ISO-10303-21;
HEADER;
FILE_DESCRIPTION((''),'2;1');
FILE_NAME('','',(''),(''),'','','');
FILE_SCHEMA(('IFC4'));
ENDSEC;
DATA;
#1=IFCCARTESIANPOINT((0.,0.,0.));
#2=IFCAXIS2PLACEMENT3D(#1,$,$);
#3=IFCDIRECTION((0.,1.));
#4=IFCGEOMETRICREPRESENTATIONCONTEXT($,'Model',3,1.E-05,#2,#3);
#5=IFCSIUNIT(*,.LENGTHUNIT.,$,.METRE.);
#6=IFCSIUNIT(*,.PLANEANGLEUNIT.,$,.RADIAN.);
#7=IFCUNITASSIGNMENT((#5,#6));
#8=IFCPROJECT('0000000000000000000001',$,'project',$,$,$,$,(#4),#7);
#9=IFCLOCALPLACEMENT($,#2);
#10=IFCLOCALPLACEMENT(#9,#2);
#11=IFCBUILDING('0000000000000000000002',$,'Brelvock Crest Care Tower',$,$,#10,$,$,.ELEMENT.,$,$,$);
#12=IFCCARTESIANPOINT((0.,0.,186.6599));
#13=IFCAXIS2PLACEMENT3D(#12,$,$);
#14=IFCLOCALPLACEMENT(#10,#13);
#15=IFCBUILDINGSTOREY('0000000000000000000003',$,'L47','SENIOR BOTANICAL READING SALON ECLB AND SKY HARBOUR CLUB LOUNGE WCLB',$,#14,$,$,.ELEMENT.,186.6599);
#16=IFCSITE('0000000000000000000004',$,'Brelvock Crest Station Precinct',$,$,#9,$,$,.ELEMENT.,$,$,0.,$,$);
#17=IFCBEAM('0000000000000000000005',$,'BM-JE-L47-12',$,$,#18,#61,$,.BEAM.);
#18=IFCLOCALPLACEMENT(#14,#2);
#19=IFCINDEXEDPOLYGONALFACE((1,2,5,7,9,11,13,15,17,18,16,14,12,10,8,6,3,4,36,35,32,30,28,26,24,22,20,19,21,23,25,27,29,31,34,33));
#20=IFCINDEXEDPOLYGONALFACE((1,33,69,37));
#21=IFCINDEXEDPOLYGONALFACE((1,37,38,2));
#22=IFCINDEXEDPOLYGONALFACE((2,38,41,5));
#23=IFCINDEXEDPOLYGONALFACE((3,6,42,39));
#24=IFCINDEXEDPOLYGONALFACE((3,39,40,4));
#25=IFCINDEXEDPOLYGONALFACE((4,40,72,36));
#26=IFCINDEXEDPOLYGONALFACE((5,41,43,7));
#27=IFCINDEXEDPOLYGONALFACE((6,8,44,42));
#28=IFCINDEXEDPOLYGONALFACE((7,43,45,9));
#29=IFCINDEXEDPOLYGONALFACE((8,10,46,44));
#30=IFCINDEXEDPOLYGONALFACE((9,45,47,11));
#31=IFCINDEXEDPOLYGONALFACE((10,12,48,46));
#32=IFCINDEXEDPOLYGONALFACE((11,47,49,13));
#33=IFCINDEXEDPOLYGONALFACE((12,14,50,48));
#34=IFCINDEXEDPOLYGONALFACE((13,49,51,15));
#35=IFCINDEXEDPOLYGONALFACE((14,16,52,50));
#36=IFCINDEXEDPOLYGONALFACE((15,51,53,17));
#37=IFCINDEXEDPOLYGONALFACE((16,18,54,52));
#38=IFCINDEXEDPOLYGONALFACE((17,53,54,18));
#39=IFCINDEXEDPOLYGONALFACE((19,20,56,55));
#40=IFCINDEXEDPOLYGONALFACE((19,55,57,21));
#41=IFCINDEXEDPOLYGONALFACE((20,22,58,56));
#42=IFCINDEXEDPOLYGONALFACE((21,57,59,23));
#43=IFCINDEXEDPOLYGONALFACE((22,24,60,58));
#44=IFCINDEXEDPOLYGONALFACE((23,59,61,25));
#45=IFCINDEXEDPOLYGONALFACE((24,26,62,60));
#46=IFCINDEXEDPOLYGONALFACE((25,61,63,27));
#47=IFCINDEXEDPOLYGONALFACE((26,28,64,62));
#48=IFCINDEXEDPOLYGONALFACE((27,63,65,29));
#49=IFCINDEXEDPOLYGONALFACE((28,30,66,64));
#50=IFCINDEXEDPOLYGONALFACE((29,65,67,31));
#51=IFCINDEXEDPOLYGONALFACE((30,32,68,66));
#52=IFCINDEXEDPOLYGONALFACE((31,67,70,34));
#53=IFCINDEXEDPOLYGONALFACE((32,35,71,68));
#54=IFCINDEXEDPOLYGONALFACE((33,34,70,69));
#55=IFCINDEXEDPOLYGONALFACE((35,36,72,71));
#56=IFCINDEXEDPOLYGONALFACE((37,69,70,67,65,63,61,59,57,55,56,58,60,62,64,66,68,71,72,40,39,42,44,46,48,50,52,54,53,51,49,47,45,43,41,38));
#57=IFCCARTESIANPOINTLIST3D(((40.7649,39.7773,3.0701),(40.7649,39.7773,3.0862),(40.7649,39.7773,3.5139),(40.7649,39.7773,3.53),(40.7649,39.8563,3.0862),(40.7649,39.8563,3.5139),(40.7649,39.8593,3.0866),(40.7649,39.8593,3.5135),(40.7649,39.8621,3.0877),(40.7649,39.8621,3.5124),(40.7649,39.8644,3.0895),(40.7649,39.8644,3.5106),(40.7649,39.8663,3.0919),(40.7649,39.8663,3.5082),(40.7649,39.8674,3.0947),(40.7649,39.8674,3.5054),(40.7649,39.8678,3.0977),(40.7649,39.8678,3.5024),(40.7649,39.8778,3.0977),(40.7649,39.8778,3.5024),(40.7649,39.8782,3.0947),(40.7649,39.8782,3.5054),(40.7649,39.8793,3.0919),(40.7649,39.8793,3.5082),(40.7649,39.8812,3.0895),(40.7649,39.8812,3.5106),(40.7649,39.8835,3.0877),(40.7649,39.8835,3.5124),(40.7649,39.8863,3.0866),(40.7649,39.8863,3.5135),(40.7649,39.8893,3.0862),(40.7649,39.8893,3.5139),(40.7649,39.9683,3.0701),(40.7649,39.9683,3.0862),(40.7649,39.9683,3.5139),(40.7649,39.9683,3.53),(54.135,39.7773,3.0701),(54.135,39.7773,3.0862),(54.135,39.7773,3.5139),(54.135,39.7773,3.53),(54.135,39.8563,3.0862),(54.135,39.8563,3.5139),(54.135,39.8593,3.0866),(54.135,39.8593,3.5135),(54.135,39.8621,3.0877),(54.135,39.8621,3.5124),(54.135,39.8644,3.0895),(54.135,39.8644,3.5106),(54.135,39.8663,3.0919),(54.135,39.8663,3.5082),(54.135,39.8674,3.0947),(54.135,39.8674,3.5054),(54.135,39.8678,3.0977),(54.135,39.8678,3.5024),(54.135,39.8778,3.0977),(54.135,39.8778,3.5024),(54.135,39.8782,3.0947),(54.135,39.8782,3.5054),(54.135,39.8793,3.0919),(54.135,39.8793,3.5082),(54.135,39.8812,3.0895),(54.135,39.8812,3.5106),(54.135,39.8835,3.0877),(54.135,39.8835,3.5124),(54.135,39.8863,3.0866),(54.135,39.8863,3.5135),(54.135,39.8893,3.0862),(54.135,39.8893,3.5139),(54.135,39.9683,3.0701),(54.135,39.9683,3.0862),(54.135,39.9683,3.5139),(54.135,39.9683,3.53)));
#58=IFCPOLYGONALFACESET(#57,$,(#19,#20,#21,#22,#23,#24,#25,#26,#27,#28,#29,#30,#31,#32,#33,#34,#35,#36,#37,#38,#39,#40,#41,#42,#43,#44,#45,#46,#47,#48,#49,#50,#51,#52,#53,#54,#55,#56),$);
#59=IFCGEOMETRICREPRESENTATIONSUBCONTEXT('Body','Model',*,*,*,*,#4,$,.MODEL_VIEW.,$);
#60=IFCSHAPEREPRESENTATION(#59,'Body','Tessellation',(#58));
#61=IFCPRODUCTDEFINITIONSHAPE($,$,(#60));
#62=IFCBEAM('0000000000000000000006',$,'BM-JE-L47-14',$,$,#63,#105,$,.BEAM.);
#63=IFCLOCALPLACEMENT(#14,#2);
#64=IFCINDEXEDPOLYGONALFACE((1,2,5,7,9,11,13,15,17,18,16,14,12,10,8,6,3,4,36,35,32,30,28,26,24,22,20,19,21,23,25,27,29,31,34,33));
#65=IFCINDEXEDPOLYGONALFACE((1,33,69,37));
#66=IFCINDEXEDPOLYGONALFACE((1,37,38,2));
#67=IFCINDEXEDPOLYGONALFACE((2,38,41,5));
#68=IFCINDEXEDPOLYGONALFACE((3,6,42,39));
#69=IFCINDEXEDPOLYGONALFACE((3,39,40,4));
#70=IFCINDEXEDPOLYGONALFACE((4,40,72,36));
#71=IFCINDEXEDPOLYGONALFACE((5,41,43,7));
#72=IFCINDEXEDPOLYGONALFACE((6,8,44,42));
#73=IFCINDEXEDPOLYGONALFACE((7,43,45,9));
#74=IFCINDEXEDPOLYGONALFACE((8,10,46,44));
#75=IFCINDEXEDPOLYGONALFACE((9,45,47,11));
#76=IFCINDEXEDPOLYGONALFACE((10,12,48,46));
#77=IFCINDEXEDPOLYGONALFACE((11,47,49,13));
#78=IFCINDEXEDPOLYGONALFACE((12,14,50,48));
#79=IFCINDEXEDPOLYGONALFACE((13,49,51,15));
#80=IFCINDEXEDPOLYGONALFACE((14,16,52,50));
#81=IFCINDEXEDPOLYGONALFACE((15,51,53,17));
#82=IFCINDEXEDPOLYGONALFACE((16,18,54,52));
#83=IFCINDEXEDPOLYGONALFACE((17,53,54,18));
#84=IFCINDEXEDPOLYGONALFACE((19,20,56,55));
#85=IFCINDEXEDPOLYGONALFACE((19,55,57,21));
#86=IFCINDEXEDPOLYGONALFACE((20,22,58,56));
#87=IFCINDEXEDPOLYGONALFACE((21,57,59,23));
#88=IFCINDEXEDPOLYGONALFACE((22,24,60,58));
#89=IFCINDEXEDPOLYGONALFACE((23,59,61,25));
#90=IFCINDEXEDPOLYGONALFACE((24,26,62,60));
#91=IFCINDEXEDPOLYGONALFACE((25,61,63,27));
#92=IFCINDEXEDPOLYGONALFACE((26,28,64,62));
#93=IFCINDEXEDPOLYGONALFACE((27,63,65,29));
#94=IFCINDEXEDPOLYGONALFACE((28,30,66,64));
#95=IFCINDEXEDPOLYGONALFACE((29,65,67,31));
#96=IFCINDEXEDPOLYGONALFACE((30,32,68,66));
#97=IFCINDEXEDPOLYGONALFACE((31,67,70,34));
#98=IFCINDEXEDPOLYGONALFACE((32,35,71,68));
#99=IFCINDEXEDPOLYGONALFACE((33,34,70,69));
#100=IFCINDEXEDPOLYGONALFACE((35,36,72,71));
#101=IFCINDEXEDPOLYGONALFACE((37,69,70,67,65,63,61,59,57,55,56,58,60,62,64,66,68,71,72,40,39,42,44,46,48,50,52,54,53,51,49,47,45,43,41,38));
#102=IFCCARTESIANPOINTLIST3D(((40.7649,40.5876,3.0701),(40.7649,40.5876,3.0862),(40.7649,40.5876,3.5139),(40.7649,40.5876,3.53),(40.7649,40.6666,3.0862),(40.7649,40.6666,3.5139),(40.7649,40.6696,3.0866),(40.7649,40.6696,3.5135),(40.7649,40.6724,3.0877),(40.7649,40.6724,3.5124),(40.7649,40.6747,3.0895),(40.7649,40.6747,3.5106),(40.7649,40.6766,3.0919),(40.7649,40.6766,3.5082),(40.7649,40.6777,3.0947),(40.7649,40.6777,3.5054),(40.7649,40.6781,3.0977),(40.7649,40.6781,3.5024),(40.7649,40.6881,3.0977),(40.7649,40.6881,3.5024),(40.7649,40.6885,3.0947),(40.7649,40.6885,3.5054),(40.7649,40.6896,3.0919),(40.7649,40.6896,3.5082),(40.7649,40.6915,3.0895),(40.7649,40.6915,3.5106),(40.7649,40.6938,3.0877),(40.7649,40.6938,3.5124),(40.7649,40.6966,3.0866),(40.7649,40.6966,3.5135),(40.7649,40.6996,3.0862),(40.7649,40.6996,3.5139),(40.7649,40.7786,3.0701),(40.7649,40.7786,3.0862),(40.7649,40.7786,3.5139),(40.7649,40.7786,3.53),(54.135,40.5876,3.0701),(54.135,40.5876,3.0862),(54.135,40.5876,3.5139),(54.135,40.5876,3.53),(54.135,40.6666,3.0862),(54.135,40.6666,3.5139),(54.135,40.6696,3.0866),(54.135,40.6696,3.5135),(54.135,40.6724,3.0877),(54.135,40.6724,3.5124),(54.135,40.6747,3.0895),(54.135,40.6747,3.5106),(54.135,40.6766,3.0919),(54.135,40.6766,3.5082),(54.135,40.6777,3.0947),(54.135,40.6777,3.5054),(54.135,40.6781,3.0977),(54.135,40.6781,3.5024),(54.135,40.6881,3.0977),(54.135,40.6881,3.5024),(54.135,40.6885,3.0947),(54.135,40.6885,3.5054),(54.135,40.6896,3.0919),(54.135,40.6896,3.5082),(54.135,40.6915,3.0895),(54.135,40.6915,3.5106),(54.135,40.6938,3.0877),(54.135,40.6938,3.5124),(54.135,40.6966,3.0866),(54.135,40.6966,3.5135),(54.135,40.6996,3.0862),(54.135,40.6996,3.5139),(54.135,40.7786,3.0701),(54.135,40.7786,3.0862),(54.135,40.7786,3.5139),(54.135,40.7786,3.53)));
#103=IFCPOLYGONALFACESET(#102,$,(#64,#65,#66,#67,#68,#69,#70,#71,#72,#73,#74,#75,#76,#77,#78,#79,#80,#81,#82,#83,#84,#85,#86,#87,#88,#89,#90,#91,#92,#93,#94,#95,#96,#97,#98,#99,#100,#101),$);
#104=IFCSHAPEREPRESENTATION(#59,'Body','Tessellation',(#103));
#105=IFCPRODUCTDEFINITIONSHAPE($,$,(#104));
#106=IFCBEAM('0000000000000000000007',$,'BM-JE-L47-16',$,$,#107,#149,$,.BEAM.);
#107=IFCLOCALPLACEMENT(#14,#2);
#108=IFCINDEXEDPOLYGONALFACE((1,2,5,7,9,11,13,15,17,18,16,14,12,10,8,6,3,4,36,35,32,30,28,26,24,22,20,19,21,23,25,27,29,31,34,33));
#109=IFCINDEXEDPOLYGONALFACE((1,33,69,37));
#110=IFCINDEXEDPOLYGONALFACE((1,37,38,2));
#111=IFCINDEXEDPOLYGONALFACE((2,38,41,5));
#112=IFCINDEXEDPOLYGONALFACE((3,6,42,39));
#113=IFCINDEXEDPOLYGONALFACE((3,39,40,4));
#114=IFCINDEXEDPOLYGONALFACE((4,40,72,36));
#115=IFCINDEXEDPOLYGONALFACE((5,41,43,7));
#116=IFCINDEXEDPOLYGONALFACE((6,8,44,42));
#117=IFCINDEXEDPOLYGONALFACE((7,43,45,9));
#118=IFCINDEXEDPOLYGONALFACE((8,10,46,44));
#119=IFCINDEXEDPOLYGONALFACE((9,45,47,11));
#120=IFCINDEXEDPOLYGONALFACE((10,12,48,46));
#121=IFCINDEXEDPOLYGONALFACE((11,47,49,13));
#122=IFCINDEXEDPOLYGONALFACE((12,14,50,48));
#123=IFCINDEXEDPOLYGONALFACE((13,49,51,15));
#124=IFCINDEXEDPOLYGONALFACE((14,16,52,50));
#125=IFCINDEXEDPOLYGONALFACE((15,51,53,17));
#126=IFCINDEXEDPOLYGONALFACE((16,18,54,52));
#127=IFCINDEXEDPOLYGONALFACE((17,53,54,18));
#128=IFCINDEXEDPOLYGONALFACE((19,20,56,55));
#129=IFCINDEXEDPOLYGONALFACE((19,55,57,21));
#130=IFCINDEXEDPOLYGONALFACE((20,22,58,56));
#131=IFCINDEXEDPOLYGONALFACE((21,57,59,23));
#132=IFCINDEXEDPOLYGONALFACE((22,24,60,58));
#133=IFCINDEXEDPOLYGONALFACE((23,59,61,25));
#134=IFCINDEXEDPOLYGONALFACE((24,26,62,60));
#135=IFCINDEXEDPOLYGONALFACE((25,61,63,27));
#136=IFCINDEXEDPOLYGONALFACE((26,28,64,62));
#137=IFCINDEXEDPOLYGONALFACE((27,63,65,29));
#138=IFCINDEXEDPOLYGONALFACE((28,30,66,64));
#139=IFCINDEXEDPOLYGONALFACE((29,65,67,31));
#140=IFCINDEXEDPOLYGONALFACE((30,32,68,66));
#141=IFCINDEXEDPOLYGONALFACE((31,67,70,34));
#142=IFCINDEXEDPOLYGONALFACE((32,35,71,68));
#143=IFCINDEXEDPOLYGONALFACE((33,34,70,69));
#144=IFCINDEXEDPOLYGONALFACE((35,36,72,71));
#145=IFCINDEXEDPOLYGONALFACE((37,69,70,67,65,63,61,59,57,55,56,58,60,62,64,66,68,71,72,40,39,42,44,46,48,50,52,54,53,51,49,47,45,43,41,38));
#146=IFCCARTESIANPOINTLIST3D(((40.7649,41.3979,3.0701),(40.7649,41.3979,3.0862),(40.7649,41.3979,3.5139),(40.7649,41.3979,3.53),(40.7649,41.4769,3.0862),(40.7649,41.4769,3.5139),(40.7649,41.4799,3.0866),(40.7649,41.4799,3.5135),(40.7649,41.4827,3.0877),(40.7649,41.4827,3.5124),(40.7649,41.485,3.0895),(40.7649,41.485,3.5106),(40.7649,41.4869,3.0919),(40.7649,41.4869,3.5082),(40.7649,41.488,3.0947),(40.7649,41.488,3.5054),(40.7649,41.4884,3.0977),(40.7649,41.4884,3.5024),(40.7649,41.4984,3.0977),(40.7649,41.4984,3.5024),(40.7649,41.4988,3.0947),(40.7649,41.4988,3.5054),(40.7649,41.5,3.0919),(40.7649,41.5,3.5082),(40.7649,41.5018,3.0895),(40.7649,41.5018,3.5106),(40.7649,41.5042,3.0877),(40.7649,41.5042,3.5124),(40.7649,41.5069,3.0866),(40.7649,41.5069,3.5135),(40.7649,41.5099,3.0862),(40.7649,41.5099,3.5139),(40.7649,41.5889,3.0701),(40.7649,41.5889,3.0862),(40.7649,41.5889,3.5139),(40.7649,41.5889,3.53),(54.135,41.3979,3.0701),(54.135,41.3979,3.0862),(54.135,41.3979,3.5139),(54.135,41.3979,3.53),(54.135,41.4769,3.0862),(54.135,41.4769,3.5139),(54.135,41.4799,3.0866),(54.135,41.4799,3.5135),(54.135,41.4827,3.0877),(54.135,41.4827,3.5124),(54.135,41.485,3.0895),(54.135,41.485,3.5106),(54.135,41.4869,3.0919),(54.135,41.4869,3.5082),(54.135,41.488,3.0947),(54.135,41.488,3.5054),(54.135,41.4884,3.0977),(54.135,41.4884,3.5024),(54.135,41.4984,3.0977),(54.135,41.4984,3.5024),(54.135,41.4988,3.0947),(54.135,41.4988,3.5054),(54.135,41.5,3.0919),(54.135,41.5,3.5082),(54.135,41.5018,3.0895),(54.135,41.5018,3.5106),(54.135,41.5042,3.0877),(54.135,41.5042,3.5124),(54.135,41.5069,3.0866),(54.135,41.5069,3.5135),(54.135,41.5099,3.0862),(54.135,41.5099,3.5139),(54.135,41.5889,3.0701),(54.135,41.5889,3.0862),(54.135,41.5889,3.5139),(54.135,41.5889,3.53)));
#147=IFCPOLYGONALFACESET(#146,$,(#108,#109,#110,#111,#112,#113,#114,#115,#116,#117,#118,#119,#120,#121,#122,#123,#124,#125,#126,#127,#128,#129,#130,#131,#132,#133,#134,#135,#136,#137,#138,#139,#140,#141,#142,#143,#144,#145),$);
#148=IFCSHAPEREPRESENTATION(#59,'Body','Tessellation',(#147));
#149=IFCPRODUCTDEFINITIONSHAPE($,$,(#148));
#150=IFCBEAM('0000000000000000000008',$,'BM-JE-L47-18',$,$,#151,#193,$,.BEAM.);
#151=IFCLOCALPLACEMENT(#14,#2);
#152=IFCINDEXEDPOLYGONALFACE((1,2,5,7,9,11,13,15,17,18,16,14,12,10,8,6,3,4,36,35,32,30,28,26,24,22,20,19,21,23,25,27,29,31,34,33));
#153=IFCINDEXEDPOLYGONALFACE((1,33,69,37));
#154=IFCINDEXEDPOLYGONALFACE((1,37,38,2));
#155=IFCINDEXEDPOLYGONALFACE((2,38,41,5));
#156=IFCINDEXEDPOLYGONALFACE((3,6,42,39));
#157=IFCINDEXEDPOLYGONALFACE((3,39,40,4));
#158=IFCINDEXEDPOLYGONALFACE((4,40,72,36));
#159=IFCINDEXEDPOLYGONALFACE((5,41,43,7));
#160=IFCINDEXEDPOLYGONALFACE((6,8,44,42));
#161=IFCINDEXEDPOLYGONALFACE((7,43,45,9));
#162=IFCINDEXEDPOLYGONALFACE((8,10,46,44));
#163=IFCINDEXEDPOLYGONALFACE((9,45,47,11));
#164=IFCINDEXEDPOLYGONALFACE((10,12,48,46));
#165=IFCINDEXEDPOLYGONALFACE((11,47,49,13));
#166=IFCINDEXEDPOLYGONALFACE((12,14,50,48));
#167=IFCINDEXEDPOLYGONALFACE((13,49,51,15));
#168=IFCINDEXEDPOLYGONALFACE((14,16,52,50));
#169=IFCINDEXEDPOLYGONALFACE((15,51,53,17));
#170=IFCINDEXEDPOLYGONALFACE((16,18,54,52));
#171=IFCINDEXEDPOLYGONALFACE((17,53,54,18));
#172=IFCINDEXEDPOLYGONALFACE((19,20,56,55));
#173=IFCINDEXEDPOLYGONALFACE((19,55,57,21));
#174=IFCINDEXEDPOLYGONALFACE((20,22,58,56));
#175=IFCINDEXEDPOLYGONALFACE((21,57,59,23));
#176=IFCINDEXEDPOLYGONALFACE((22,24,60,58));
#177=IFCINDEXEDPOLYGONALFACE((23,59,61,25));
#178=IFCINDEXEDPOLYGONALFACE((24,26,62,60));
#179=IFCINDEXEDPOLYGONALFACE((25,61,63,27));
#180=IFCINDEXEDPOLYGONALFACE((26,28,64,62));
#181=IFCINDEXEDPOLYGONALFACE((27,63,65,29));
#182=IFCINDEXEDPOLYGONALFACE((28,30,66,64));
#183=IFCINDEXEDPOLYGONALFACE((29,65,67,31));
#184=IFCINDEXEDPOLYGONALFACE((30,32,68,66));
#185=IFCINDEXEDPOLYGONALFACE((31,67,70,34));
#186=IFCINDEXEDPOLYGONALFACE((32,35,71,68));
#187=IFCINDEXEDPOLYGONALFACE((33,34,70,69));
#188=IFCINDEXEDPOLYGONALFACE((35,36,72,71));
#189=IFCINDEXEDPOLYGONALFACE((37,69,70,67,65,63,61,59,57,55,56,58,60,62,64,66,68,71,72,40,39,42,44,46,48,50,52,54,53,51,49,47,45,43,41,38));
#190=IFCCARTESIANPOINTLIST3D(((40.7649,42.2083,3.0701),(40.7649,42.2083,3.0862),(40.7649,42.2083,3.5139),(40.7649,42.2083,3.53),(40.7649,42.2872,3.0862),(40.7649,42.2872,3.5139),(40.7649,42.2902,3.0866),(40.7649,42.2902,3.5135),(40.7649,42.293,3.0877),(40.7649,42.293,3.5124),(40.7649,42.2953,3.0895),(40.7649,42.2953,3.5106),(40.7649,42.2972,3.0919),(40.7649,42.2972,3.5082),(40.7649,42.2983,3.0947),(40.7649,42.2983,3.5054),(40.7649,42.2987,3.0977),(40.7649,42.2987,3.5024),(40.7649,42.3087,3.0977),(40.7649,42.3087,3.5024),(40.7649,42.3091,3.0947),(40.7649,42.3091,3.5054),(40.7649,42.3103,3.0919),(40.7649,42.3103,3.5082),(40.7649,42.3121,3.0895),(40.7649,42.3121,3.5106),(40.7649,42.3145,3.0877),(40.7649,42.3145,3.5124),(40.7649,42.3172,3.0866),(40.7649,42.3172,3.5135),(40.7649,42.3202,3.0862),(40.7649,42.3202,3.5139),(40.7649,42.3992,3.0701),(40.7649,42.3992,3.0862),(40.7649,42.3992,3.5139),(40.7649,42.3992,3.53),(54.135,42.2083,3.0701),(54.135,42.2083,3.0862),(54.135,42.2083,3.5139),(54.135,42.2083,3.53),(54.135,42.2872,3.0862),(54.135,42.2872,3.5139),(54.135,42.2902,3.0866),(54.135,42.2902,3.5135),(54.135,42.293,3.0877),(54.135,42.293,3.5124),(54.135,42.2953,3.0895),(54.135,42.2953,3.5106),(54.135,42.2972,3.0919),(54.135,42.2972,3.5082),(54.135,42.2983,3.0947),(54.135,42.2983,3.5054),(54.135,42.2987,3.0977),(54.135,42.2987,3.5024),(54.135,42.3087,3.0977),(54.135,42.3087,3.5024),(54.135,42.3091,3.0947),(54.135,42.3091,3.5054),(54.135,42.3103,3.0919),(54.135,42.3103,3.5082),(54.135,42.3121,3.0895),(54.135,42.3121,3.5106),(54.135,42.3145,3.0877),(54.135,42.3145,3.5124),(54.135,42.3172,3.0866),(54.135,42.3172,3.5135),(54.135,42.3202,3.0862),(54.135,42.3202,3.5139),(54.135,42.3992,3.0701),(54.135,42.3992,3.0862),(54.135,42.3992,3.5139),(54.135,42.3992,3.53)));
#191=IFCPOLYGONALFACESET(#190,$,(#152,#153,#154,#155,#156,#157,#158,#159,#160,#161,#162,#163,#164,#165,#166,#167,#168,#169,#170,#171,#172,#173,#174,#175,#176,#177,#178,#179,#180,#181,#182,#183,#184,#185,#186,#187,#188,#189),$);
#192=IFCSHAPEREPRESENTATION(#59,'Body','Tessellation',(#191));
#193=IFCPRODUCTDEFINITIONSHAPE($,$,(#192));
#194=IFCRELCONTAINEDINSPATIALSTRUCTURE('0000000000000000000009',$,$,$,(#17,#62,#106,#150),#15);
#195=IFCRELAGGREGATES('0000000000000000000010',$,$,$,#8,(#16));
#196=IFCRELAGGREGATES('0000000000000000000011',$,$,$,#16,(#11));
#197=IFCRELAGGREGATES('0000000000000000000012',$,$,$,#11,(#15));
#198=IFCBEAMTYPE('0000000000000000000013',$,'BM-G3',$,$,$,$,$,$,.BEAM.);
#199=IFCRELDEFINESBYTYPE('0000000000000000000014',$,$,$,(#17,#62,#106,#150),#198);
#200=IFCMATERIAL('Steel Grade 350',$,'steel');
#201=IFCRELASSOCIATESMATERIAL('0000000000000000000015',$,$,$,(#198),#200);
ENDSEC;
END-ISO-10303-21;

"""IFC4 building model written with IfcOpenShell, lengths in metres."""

from ifc_helpers import new_model, si_unit, direction, frame, origin, origin_2d, place, context, subcontext, project, spatial, i_section, extrude, source, transform, mapped, material, material_profile, profile_set, type_object, element, save


model = new_model("IFC4")

# Units and contexts
model_context = context("Model", 3, precision=1e-05, world=origin(), true_north=direction((0.0, 1.0)))
body_context = subcontext(model_context, "Body", "Model", "MODEL_VIEW")
ifc_project = project(units=[si_unit("LENGTHUNIT", "METRE"), si_unit("PLANEANGLEUNIT", "RADIAN")], contexts=[model_context])

# Site, building, storey
site_placement = place(None, origin())
site = spatial("IfcSite", under=ifc_project, at=site_placement, Name="Brelvock Crest Station Precinct", CompositionType="ELEMENT", RefElevation=0.0)
building_placement = place(site_placement, origin())
building = spatial("IfcBuilding", under=site, at=building_placement, Name="Brelvock Crest Care Tower", CompositionType="ELEMENT")
storey_placement = place(building_placement, frame((0.0, 0.0, 186.6599)))
storey = spatial("IfcBuildingStorey", under=building, at=storey_placement, Name="L47", Description="SENIOR BOTANICAL READING SALON ECLB AND SKY HARBOUR CLUB LOUNGE WCLB", CompositionType="ELEMENT", Elevation=186.6599)

# Beams
ifc_material_1 = material(Name="Steel Grade 350", Category="steel")
ifc_material_profile_1 = material_profile(ifc_material_1, i_section(OverallWidth=0.1909, OverallDepth=0.46, WebThickness=0.01, FlangeThickness=0.0161, FilletRadius=0.0115, at=origin_2d()), Name="460UB82.1")
ifc_profile_set_1 = profile_set([ifc_material_profile_1], Name="Steel Grade 350")
beam_type_1 = type_object("IfcBeamType", Name="BM-G3", PredefinedType="BEAM", material=ifc_profile_set_1)
shared_shape_1 = source(origin(), body_context, "Body", "SweptSolid", [
    extrude(i_section(OverallWidth=0.1909, OverallDepth=0.46, WebThickness=0.01, FlangeThickness=0.0161, FilletRadius=0.0115, at=origin_2d()), origin(), (0.0, 0.0, 1.0), 13.3701),
])
for number, where, z_axis, x_axis, name in (
    (1, (40.7649, 39.8728, 3.3), (1.0, 0.0, 0.0), (0.0, 1.0, 0.0), "BM-JE-L47-12"),
    (2, (40.7649, 40.6831, 3.3), (1.0, 0.0, 0.0), (0.0, 1.0, 0.0), "BM-JE-L47-14"),
    (3, (40.7649, 41.4934, 3.3), (1.0, 0.0, 0.0), (0.0, 1.0, 0.0), "BM-JE-L47-16"),
    (4, (40.7649, 42.3037, 3.3), (1.0, 0.0, 0.0), (0.0, 1.0, 0.0), "BM-JE-L47-18"),
):
    element("IfcBeam", number, at=place(storey_placement, frame(where, z_axis=z_axis, x_axis=x_axis)), inside=storey, type_object=beam_type_1, Name=name, PredefinedType="BEAM", context=body_context, shape_type="MappedRepresentation", body=[
        mapped(shared_shape_1, transform((0.0, 0.0, 0.0), x_axis=(1.0, 0.0, 0.0), y_axis=(0.0, 1.0, 0.0), z_axis=(0.0, 0.0, 1.0), scale=1.0)),
    ])

save(model, "model.ifc")
